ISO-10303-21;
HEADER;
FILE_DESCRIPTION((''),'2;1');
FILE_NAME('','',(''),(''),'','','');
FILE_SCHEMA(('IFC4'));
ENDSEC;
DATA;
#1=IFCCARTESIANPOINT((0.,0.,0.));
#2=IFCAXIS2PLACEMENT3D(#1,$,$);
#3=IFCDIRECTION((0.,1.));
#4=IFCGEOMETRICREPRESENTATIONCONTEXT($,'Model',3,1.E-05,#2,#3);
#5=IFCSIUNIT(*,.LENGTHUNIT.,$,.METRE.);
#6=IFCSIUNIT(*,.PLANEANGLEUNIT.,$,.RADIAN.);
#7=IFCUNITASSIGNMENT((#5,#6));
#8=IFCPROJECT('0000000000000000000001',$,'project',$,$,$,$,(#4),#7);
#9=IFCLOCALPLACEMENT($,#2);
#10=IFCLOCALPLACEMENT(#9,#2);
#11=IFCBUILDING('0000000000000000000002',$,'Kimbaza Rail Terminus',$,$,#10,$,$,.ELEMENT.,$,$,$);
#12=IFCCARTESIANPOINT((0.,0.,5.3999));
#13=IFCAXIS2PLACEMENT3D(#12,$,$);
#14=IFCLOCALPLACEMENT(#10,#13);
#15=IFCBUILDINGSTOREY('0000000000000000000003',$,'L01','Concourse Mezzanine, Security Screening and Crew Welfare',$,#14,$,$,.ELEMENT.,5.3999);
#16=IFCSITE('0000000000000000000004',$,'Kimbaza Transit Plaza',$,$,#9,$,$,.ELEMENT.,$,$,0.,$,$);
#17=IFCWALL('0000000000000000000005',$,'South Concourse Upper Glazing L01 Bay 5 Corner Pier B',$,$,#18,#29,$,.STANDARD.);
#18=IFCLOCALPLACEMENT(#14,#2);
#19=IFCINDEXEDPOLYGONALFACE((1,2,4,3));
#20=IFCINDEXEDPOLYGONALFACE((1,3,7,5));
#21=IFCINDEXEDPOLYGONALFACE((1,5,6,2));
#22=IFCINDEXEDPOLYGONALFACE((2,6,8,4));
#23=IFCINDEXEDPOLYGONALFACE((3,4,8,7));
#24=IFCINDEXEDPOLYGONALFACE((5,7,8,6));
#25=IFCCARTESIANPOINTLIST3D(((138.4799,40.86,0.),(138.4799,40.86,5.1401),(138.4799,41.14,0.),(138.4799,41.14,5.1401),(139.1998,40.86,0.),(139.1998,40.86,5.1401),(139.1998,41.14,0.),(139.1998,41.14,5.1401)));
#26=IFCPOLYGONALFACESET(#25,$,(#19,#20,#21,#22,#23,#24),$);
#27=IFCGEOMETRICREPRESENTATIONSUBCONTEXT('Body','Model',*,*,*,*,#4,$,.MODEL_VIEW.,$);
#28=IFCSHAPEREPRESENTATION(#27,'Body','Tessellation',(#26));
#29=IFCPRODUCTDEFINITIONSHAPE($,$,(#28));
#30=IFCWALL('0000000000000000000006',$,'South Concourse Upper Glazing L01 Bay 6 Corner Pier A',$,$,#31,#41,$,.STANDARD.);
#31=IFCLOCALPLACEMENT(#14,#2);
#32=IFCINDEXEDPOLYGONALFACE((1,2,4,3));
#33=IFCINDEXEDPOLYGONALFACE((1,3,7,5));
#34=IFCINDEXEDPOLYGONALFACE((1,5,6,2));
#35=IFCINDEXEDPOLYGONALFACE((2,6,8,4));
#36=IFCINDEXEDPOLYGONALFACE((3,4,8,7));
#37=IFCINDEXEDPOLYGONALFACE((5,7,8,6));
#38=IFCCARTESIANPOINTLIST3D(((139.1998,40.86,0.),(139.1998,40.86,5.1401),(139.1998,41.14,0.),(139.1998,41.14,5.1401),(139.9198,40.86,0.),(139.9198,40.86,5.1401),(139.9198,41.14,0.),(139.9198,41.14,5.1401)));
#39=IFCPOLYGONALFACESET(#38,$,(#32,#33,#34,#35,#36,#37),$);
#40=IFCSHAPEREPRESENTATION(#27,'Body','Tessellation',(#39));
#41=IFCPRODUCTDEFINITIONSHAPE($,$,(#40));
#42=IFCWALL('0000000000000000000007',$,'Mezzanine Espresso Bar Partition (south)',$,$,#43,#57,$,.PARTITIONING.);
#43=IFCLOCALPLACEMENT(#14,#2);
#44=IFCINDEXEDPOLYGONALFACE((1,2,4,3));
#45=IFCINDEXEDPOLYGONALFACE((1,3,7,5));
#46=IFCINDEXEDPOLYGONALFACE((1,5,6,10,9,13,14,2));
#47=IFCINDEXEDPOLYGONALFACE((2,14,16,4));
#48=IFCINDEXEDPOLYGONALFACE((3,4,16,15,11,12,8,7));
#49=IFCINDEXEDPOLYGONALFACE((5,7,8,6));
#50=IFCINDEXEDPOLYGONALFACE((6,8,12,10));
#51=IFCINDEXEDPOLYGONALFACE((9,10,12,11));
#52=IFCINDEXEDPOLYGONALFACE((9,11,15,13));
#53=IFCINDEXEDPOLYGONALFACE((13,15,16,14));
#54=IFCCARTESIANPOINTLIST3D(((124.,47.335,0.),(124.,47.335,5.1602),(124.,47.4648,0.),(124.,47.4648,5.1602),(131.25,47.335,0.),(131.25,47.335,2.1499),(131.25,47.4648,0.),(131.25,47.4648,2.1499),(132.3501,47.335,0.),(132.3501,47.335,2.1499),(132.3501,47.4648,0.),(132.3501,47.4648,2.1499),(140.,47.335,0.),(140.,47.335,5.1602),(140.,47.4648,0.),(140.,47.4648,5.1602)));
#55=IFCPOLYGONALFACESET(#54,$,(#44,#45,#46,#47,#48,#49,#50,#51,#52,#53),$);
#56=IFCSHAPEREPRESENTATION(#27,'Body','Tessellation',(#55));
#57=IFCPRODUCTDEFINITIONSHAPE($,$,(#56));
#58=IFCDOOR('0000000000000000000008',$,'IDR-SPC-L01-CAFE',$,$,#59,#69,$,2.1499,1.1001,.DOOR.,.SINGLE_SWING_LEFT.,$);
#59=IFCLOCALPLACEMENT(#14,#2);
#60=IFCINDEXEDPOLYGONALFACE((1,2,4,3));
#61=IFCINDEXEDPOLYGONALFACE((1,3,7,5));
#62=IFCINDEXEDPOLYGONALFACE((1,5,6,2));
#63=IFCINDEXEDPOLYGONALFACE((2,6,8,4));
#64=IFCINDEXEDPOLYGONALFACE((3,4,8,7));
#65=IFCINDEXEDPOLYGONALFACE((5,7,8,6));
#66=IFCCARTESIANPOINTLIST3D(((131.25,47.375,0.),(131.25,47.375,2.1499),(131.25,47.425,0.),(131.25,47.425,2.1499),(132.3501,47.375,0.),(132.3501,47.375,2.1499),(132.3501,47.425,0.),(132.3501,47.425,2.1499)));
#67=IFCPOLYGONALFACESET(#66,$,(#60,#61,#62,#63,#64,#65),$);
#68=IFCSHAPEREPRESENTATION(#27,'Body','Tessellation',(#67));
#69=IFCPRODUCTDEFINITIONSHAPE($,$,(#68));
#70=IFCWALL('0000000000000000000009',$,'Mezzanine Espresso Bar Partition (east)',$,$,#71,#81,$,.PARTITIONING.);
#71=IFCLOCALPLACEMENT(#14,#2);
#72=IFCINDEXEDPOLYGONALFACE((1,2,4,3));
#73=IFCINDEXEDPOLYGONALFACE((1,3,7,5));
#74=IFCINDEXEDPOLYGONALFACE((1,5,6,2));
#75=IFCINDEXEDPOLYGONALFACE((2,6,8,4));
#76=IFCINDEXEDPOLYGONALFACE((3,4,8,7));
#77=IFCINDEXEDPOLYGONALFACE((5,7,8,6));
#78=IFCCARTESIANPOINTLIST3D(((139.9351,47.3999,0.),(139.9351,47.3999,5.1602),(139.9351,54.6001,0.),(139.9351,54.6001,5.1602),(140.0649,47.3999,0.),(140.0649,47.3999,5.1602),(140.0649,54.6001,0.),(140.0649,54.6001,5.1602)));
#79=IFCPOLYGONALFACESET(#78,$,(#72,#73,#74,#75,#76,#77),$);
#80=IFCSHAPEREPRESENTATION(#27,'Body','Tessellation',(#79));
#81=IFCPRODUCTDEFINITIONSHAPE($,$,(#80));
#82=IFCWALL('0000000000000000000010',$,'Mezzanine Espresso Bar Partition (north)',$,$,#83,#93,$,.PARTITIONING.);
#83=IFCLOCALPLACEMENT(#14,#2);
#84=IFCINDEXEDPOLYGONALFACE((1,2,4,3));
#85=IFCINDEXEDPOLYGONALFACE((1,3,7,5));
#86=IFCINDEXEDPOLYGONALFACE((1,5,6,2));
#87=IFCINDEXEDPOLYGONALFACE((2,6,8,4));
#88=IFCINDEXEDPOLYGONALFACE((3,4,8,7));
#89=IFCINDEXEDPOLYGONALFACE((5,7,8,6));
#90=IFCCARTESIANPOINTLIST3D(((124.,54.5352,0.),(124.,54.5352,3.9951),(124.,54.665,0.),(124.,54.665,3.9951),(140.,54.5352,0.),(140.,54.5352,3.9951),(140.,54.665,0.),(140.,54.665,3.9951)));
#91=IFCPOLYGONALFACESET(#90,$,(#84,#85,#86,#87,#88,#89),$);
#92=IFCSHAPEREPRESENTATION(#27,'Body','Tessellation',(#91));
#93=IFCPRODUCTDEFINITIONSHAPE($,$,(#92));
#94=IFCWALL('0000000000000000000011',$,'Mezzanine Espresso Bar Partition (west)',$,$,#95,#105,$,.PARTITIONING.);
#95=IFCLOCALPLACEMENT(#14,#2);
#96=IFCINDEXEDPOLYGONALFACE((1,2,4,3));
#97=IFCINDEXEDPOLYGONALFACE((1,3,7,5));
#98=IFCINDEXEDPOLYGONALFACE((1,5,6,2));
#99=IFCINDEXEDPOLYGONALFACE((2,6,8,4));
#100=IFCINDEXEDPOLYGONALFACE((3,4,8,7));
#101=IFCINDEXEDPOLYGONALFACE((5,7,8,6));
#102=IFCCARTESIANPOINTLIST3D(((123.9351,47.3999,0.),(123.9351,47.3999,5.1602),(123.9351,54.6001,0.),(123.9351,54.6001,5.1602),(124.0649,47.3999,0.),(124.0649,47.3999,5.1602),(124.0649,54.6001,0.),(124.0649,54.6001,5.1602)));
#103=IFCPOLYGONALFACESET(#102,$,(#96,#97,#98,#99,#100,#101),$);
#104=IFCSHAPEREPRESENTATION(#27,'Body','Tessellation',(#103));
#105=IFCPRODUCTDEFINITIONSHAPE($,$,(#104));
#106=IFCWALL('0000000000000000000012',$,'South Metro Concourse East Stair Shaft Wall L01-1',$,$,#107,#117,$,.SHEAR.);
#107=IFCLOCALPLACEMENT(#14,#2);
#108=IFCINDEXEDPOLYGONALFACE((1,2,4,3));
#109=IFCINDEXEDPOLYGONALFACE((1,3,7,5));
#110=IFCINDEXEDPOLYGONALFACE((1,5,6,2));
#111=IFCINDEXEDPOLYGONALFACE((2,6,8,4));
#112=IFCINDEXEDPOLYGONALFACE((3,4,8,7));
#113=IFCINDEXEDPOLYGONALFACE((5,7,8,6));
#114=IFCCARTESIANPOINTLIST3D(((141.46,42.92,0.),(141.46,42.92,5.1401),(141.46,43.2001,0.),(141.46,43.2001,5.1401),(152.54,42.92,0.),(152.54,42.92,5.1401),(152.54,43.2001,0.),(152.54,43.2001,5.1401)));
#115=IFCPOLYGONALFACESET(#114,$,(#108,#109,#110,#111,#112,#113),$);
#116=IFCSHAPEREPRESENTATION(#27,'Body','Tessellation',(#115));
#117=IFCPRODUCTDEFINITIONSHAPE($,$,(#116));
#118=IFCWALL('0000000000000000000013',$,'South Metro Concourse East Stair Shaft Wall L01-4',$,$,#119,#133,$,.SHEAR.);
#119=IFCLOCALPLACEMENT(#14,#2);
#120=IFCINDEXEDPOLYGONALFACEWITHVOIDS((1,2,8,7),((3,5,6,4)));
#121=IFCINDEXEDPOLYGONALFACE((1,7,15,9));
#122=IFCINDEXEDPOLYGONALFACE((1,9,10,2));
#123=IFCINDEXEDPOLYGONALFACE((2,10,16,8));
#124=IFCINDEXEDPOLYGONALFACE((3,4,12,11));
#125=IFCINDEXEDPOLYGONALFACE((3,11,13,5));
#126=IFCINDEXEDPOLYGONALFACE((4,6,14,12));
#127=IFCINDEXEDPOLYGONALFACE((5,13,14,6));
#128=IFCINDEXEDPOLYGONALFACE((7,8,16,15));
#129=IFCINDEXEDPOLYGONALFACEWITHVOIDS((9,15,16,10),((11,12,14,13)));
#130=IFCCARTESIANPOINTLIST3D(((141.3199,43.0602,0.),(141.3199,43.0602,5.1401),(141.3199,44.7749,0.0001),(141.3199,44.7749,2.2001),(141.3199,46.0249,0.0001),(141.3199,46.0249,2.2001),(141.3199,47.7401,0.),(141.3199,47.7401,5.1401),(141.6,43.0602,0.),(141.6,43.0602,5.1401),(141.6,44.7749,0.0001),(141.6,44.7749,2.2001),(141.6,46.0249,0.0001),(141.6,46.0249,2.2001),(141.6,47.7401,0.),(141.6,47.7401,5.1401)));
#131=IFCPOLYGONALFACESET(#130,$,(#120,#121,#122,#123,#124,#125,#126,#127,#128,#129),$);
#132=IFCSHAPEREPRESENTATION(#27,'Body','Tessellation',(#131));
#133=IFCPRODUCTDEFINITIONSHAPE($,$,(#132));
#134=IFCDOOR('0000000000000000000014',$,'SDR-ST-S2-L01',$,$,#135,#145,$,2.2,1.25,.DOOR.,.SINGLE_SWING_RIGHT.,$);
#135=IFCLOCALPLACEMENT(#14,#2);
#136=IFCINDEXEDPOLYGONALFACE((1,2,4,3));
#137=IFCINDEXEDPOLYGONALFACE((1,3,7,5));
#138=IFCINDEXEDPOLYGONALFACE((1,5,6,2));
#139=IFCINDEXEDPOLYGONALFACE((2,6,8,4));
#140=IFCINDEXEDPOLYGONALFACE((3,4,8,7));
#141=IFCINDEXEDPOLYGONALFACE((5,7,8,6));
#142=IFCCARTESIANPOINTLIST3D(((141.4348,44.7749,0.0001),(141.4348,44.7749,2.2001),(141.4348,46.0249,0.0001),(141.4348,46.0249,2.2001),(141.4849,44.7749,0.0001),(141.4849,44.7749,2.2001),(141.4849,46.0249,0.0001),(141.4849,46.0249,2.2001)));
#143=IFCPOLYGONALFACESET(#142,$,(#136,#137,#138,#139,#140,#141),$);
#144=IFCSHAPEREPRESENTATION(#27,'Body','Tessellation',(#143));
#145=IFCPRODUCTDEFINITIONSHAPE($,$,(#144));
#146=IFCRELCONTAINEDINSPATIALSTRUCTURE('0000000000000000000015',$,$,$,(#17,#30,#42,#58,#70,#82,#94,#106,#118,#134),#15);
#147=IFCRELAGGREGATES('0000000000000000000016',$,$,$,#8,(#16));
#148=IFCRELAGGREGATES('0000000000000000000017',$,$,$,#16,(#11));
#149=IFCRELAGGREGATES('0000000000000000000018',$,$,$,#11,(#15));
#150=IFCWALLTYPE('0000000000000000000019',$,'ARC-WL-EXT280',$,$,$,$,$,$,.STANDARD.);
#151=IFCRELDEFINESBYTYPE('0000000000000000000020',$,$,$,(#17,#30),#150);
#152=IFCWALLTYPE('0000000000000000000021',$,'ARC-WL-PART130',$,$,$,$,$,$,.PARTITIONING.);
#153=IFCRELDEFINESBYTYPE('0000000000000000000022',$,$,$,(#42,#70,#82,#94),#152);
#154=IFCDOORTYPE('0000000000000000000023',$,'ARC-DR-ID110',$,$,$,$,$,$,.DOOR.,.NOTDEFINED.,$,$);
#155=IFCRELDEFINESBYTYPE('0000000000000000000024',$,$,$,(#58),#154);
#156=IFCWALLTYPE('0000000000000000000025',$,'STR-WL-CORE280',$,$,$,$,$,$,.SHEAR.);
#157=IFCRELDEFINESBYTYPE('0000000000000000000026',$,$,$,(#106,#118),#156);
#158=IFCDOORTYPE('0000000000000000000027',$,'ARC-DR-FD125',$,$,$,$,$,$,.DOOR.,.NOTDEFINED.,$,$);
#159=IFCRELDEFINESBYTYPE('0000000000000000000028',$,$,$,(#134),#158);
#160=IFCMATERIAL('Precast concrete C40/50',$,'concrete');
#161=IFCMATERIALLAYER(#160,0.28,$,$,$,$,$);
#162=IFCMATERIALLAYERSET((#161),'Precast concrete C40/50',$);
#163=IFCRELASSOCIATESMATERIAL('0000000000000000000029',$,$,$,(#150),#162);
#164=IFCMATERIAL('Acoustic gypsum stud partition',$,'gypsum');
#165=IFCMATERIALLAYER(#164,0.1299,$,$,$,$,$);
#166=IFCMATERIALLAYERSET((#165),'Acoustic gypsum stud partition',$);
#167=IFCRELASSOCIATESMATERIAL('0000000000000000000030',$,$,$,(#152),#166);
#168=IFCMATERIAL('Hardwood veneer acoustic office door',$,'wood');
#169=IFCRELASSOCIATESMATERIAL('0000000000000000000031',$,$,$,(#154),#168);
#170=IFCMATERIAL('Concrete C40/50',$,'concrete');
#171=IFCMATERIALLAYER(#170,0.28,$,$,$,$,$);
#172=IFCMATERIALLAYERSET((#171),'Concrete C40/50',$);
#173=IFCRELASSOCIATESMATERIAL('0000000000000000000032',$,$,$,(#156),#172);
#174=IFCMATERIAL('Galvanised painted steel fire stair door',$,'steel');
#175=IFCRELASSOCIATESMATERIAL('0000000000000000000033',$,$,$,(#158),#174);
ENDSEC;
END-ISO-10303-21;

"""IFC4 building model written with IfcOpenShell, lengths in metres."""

from ifc_helpers import new_model, si_unit, direction, frame, frame_2d, origin, place, context, subcontext, project, spatial, rectangle, extrude, material, layer, layer_set, type_object, element, fill, save


model = new_model("IFC4")

# Units and contexts
model_context = context("Model", 3, precision=1e-05, world=origin(), true_north=direction((0.0, 1.0)))
body_context = subcontext(model_context, "Body", "Model", "MODEL_VIEW")
ifc_project = project(units=[si_unit("LENGTHUNIT", "METRE"), si_unit("PLANEANGLEUNIT", "RADIAN")], contexts=[model_context])

# Site, building, storey
site_placement = place(None, origin())
site = spatial("IfcSite", under=ifc_project, at=site_placement, Name="Kimbaza Transit Plaza", CompositionType="ELEMENT", RefElevation=0.0)
building_placement = place(site_placement, origin())
building = spatial("IfcBuilding", under=site, at=building_placement, Name="Kimbaza Rail Terminus", CompositionType="ELEMENT")
storey_placement = place(building_placement, frame((0.0, 0.0, 5.3999)))
storey = spatial("IfcBuildingStorey", under=building, at=storey_placement, Name="L01", Description="Concourse Mezzanine, Security Screening and Crew Welfare", CompositionType="ELEMENT", Elevation=5.3999)

# Walls
ifc_material_1 = material(Name="Precast concrete C40/50", Category="concrete")
ifc_layer_1 = layer(ifc_material_1, 0.28)
ifc_layer_set_1 = layer_set([ifc_layer_1], Name="Precast concrete C40/50")
wall_type_1 = type_object("IfcWallType", Name="ARC-WL-EXT280", PredefinedType="STANDARD", material=ifc_layer_set_1)
for number, where, z_axis, x_axis, name in (
    (1, (138.48, 41.0, 0.0), (0.0, 0.0, 1.0), (1.0, 0.0, 0.0), "South Concourse Upper Glazing L01 Bay 5 Corner Pier B"),
    (2, (139.2, 41.0, 0.0), (0.0, 0.0, 1.0), (1.0, 0.0, 0.0), "South Concourse Upper Glazing L01 Bay 6 Corner Pier A"),
):
    element("IfcWall", number, at=place(storey_placement, frame(where, z_axis=z_axis, x_axis=x_axis)), inside=storey, type_object=wall_type_1, Name=name, PredefinedType="STANDARD", context=body_context, shape_type="SweptSolid", body=[
        extrude(rectangle(XDim=0.72, YDim=0.28, at=frame_2d((0.3599, 0.0))), origin(), (0.0, 0.0, 1.0), 5.1401),
    ])

# Wall, opening, door
ifc_material_2 = material(Name="Acoustic gypsum stud partition", Category="gypsum")
ifc_layer_2 = layer(ifc_material_2, 0.1299)
ifc_layer_set_2 = layer_set([ifc_layer_2], Name="Acoustic gypsum stud partition")
wall_type_2 = type_object("IfcWallType", Name="ARC-WL-PART130", PredefinedType="PARTITIONING", material=ifc_layer_set_2)
wall_1_placement = place(storey_placement, frame((124.0, 47.3999, 0.0), z_axis=(0.0, 0.0, 1.0), x_axis=(1.0, 0.0, 0.0)))
wall_1 = element("IfcWall", 3, at=wall_1_placement, inside=storey, type_object=wall_type_2, Name="Mezzanine Espresso Bar Partition (south)", PredefinedType="PARTITIONING", context=body_context, shape_type="SweptSolid", body=[
    extrude(rectangle(XDim=16.0, YDim=0.1299, at=frame_2d((8.0, 0.0))), origin(), (0.0, 0.0, 1.0), 5.1602),
])
opening_1_placement = place(wall_1_placement, frame((8.3501, 0.0, 0.0), z_axis=(0.0, 0.0, 1.0), x_axis=(-1.0, 0.0, 0.0)))
opening_1 = element("IfcOpeningElement", 4, at=opening_1_placement, cuts=wall_1, PredefinedType="OPENING", context=body_context, shape_type="SweptSolid", body=[
    extrude(rectangle(XDim=1.1001, YDim=2.1499, at=frame_2d((0.55, 1.075))), frame((0.0, 0.075, 0.0), z_axis=(0.0, -1.0, 0.0), x_axis=(1.0, 0.0, 0.0)), (0.0, 0.0, 1.0), 0.1499),
])
ifc_material_3 = material(Name="Hardwood veneer acoustic office door", Category="wood")
door_type_1 = type_object("IfcDoorType", Name="ARC-DR-ID110", OperationType="NOTDEFINED", PredefinedType="DOOR", material=ifc_material_3)
door_1_placement = place(opening_1_placement, origin())
door_1 = element("IfcDoor", 5, at=door_1_placement, inside=storey, type_object=door_type_1, Name="IDR-SPC-L01-CAFE", OperationType="SINGLE_SWING_LEFT", OverallHeight=2.1499, OverallWidth=1.1001, PredefinedType="DOOR", context=body_context, shape_type="SweptSolid", body=[
    extrude(rectangle(XDim=1.1001, YDim=2.1499, at=frame_2d((0.55, 1.075))), frame((0.0, 0.0249, 0.0), z_axis=(0.0, -1.0, 0.0), x_axis=(1.0, 0.0, 0.0)), (0.0, 0.0, 1.0), 0.05),
])
fill(opening_1, door_1)

# Walls
wall_2_placement = place(storey_placement, frame((140.0, 47.3999, 0.0), z_axis=(0.0, 0.0, 1.0), x_axis=(0.0, 1.0, 0.0)))
element("IfcWall", 6, at=wall_2_placement, inside=storey, type_object=wall_type_2, Name="Mezzanine Espresso Bar Partition (east)", PredefinedType="PARTITIONING", context=body_context, shape_type="SweptSolid", body=[
    extrude(rectangle(XDim=7.2002, YDim=0.1299, at=frame_2d((3.6001, 0.0))), origin(), (0.0, 0.0, 1.0), 5.1602),
])
wall_3_placement = place(storey_placement, frame((140.0, 54.6001, 0.0), z_axis=(0.0, 0.0, 1.0), x_axis=(-1.0, 0.0, 0.0)))
element("IfcWall", 7, at=wall_3_placement, inside=storey, type_object=wall_type_2, Name="Mezzanine Espresso Bar Partition (north)", PredefinedType="PARTITIONING", context=body_context, shape_type="SweptSolid", body=[
    extrude(rectangle(XDim=16.0, YDim=0.1299, at=frame_2d((8.0, 0.0))), origin(), (0.0, 0.0, 1.0), 3.9951),
])
wall_4_placement = place(storey_placement, frame((124.0, 54.6001, 0.0), z_axis=(0.0, 0.0, 1.0), x_axis=(0.0, -1.0, 0.0)))
element("IfcWall", 8, at=wall_4_placement, inside=storey, type_object=wall_type_2, Name="Mezzanine Espresso Bar Partition (west)", PredefinedType="PARTITIONING", context=body_context, shape_type="SweptSolid", body=[
    extrude(rectangle(XDim=7.2002, YDim=0.1299, at=frame_2d((3.6001, 0.0))), origin(), (0.0, 0.0, 1.0), 5.1602),
])
ifc_material_4 = material(Name="Concrete C40/50", Category="concrete")
ifc_layer_3 = layer(ifc_material_4, 0.28)
ifc_layer_set_3 = layer_set([ifc_layer_3], Name="Concrete C40/50")
wall_type_3 = type_object("IfcWallType", Name="STR-WL-CORE280", PredefinedType="SHEAR", material=ifc_layer_set_3)
wall_5_placement = place(storey_placement, frame((141.46, 43.0601, 0.0), z_axis=(0.0, 0.0, 1.0), x_axis=(1.0, 0.0, 0.0)))
element("IfcWall", 9, at=wall_5_placement, inside=storey, type_object=wall_type_3, Name="South Metro Concourse East Stair Shaft Wall L01-1", PredefinedType="SHEAR", context=body_context, shape_type="SweptSolid", body=[
    extrude(rectangle(XDim=11.0801, YDim=0.28, at=frame_2d((5.54, 0.0))), origin(), (0.0, 0.0, 1.0), 5.1401),
])

# Wall, opening, door
wall_6_placement = place(storey_placement, frame((141.46, 47.74, 0.0), z_axis=(0.0, 0.0, 1.0), x_axis=(0.0, -1.0, 0.0)))
wall_6 = element("IfcWall", 10, at=wall_6_placement, inside=storey, type_object=wall_type_3, Name="South Metro Concourse East Stair Shaft Wall L01-4", PredefinedType="SHEAR", context=body_context, shape_type="SweptSolid", body=[
    extrude(rectangle(XDim=4.6799, YDim=0.28, at=frame_2d((2.3398, 0.0))), origin(), (0.0, 0.0, 1.0), 5.1401),
])
opening_2_placement = place(wall_6_placement, frame((1.7151, 0.0, 0.0)))
opening_2 = element("IfcOpeningElement", 11, at=opening_2_placement, cuts=wall_6, PredefinedType="OPENING", context=body_context, shape_type="SweptSolid", body=[
    extrude(rectangle(XDim=1.25, YDim=2.2, at=frame_2d((0.625, 1.1001))), frame((0.0, 0.1499, 0.0), z_axis=(0.0, -1.0, 0.0), x_axis=(1.0, 0.0, 0.0)), (0.0, 0.0, 1.0), 0.3),
])
ifc_material_5 = material(Name="Galvanised painted steel fire stair door", Category="steel")
door_type_2 = type_object("IfcDoorType", Name="ARC-DR-FD125", OperationType="NOTDEFINED", PredefinedType="DOOR", material=ifc_material_5)
door_2_placement = place(opening_2_placement, origin())
door_2 = element("IfcDoor", 12, at=door_2_placement, inside=storey, type_object=door_type_2, Name="SDR-ST-S2-L01", OperationType="SINGLE_SWING_RIGHT", OverallHeight=2.2, OverallWidth=1.25, PredefinedType="DOOR", context=body_context, shape_type="SweptSolid", body=[
    extrude(rectangle(XDim=1.25, YDim=2.2, at=frame_2d((0.625, 1.1001))), frame((0.0, 0.0249, 0.0), z_axis=(0.0, -1.0, 0.0), x_axis=(1.0, 0.0, 0.0)), (0.0, 0.0, 1.0), 0.05),
])
fill(opening_2, door_2)

save(model, "model.ifc")
